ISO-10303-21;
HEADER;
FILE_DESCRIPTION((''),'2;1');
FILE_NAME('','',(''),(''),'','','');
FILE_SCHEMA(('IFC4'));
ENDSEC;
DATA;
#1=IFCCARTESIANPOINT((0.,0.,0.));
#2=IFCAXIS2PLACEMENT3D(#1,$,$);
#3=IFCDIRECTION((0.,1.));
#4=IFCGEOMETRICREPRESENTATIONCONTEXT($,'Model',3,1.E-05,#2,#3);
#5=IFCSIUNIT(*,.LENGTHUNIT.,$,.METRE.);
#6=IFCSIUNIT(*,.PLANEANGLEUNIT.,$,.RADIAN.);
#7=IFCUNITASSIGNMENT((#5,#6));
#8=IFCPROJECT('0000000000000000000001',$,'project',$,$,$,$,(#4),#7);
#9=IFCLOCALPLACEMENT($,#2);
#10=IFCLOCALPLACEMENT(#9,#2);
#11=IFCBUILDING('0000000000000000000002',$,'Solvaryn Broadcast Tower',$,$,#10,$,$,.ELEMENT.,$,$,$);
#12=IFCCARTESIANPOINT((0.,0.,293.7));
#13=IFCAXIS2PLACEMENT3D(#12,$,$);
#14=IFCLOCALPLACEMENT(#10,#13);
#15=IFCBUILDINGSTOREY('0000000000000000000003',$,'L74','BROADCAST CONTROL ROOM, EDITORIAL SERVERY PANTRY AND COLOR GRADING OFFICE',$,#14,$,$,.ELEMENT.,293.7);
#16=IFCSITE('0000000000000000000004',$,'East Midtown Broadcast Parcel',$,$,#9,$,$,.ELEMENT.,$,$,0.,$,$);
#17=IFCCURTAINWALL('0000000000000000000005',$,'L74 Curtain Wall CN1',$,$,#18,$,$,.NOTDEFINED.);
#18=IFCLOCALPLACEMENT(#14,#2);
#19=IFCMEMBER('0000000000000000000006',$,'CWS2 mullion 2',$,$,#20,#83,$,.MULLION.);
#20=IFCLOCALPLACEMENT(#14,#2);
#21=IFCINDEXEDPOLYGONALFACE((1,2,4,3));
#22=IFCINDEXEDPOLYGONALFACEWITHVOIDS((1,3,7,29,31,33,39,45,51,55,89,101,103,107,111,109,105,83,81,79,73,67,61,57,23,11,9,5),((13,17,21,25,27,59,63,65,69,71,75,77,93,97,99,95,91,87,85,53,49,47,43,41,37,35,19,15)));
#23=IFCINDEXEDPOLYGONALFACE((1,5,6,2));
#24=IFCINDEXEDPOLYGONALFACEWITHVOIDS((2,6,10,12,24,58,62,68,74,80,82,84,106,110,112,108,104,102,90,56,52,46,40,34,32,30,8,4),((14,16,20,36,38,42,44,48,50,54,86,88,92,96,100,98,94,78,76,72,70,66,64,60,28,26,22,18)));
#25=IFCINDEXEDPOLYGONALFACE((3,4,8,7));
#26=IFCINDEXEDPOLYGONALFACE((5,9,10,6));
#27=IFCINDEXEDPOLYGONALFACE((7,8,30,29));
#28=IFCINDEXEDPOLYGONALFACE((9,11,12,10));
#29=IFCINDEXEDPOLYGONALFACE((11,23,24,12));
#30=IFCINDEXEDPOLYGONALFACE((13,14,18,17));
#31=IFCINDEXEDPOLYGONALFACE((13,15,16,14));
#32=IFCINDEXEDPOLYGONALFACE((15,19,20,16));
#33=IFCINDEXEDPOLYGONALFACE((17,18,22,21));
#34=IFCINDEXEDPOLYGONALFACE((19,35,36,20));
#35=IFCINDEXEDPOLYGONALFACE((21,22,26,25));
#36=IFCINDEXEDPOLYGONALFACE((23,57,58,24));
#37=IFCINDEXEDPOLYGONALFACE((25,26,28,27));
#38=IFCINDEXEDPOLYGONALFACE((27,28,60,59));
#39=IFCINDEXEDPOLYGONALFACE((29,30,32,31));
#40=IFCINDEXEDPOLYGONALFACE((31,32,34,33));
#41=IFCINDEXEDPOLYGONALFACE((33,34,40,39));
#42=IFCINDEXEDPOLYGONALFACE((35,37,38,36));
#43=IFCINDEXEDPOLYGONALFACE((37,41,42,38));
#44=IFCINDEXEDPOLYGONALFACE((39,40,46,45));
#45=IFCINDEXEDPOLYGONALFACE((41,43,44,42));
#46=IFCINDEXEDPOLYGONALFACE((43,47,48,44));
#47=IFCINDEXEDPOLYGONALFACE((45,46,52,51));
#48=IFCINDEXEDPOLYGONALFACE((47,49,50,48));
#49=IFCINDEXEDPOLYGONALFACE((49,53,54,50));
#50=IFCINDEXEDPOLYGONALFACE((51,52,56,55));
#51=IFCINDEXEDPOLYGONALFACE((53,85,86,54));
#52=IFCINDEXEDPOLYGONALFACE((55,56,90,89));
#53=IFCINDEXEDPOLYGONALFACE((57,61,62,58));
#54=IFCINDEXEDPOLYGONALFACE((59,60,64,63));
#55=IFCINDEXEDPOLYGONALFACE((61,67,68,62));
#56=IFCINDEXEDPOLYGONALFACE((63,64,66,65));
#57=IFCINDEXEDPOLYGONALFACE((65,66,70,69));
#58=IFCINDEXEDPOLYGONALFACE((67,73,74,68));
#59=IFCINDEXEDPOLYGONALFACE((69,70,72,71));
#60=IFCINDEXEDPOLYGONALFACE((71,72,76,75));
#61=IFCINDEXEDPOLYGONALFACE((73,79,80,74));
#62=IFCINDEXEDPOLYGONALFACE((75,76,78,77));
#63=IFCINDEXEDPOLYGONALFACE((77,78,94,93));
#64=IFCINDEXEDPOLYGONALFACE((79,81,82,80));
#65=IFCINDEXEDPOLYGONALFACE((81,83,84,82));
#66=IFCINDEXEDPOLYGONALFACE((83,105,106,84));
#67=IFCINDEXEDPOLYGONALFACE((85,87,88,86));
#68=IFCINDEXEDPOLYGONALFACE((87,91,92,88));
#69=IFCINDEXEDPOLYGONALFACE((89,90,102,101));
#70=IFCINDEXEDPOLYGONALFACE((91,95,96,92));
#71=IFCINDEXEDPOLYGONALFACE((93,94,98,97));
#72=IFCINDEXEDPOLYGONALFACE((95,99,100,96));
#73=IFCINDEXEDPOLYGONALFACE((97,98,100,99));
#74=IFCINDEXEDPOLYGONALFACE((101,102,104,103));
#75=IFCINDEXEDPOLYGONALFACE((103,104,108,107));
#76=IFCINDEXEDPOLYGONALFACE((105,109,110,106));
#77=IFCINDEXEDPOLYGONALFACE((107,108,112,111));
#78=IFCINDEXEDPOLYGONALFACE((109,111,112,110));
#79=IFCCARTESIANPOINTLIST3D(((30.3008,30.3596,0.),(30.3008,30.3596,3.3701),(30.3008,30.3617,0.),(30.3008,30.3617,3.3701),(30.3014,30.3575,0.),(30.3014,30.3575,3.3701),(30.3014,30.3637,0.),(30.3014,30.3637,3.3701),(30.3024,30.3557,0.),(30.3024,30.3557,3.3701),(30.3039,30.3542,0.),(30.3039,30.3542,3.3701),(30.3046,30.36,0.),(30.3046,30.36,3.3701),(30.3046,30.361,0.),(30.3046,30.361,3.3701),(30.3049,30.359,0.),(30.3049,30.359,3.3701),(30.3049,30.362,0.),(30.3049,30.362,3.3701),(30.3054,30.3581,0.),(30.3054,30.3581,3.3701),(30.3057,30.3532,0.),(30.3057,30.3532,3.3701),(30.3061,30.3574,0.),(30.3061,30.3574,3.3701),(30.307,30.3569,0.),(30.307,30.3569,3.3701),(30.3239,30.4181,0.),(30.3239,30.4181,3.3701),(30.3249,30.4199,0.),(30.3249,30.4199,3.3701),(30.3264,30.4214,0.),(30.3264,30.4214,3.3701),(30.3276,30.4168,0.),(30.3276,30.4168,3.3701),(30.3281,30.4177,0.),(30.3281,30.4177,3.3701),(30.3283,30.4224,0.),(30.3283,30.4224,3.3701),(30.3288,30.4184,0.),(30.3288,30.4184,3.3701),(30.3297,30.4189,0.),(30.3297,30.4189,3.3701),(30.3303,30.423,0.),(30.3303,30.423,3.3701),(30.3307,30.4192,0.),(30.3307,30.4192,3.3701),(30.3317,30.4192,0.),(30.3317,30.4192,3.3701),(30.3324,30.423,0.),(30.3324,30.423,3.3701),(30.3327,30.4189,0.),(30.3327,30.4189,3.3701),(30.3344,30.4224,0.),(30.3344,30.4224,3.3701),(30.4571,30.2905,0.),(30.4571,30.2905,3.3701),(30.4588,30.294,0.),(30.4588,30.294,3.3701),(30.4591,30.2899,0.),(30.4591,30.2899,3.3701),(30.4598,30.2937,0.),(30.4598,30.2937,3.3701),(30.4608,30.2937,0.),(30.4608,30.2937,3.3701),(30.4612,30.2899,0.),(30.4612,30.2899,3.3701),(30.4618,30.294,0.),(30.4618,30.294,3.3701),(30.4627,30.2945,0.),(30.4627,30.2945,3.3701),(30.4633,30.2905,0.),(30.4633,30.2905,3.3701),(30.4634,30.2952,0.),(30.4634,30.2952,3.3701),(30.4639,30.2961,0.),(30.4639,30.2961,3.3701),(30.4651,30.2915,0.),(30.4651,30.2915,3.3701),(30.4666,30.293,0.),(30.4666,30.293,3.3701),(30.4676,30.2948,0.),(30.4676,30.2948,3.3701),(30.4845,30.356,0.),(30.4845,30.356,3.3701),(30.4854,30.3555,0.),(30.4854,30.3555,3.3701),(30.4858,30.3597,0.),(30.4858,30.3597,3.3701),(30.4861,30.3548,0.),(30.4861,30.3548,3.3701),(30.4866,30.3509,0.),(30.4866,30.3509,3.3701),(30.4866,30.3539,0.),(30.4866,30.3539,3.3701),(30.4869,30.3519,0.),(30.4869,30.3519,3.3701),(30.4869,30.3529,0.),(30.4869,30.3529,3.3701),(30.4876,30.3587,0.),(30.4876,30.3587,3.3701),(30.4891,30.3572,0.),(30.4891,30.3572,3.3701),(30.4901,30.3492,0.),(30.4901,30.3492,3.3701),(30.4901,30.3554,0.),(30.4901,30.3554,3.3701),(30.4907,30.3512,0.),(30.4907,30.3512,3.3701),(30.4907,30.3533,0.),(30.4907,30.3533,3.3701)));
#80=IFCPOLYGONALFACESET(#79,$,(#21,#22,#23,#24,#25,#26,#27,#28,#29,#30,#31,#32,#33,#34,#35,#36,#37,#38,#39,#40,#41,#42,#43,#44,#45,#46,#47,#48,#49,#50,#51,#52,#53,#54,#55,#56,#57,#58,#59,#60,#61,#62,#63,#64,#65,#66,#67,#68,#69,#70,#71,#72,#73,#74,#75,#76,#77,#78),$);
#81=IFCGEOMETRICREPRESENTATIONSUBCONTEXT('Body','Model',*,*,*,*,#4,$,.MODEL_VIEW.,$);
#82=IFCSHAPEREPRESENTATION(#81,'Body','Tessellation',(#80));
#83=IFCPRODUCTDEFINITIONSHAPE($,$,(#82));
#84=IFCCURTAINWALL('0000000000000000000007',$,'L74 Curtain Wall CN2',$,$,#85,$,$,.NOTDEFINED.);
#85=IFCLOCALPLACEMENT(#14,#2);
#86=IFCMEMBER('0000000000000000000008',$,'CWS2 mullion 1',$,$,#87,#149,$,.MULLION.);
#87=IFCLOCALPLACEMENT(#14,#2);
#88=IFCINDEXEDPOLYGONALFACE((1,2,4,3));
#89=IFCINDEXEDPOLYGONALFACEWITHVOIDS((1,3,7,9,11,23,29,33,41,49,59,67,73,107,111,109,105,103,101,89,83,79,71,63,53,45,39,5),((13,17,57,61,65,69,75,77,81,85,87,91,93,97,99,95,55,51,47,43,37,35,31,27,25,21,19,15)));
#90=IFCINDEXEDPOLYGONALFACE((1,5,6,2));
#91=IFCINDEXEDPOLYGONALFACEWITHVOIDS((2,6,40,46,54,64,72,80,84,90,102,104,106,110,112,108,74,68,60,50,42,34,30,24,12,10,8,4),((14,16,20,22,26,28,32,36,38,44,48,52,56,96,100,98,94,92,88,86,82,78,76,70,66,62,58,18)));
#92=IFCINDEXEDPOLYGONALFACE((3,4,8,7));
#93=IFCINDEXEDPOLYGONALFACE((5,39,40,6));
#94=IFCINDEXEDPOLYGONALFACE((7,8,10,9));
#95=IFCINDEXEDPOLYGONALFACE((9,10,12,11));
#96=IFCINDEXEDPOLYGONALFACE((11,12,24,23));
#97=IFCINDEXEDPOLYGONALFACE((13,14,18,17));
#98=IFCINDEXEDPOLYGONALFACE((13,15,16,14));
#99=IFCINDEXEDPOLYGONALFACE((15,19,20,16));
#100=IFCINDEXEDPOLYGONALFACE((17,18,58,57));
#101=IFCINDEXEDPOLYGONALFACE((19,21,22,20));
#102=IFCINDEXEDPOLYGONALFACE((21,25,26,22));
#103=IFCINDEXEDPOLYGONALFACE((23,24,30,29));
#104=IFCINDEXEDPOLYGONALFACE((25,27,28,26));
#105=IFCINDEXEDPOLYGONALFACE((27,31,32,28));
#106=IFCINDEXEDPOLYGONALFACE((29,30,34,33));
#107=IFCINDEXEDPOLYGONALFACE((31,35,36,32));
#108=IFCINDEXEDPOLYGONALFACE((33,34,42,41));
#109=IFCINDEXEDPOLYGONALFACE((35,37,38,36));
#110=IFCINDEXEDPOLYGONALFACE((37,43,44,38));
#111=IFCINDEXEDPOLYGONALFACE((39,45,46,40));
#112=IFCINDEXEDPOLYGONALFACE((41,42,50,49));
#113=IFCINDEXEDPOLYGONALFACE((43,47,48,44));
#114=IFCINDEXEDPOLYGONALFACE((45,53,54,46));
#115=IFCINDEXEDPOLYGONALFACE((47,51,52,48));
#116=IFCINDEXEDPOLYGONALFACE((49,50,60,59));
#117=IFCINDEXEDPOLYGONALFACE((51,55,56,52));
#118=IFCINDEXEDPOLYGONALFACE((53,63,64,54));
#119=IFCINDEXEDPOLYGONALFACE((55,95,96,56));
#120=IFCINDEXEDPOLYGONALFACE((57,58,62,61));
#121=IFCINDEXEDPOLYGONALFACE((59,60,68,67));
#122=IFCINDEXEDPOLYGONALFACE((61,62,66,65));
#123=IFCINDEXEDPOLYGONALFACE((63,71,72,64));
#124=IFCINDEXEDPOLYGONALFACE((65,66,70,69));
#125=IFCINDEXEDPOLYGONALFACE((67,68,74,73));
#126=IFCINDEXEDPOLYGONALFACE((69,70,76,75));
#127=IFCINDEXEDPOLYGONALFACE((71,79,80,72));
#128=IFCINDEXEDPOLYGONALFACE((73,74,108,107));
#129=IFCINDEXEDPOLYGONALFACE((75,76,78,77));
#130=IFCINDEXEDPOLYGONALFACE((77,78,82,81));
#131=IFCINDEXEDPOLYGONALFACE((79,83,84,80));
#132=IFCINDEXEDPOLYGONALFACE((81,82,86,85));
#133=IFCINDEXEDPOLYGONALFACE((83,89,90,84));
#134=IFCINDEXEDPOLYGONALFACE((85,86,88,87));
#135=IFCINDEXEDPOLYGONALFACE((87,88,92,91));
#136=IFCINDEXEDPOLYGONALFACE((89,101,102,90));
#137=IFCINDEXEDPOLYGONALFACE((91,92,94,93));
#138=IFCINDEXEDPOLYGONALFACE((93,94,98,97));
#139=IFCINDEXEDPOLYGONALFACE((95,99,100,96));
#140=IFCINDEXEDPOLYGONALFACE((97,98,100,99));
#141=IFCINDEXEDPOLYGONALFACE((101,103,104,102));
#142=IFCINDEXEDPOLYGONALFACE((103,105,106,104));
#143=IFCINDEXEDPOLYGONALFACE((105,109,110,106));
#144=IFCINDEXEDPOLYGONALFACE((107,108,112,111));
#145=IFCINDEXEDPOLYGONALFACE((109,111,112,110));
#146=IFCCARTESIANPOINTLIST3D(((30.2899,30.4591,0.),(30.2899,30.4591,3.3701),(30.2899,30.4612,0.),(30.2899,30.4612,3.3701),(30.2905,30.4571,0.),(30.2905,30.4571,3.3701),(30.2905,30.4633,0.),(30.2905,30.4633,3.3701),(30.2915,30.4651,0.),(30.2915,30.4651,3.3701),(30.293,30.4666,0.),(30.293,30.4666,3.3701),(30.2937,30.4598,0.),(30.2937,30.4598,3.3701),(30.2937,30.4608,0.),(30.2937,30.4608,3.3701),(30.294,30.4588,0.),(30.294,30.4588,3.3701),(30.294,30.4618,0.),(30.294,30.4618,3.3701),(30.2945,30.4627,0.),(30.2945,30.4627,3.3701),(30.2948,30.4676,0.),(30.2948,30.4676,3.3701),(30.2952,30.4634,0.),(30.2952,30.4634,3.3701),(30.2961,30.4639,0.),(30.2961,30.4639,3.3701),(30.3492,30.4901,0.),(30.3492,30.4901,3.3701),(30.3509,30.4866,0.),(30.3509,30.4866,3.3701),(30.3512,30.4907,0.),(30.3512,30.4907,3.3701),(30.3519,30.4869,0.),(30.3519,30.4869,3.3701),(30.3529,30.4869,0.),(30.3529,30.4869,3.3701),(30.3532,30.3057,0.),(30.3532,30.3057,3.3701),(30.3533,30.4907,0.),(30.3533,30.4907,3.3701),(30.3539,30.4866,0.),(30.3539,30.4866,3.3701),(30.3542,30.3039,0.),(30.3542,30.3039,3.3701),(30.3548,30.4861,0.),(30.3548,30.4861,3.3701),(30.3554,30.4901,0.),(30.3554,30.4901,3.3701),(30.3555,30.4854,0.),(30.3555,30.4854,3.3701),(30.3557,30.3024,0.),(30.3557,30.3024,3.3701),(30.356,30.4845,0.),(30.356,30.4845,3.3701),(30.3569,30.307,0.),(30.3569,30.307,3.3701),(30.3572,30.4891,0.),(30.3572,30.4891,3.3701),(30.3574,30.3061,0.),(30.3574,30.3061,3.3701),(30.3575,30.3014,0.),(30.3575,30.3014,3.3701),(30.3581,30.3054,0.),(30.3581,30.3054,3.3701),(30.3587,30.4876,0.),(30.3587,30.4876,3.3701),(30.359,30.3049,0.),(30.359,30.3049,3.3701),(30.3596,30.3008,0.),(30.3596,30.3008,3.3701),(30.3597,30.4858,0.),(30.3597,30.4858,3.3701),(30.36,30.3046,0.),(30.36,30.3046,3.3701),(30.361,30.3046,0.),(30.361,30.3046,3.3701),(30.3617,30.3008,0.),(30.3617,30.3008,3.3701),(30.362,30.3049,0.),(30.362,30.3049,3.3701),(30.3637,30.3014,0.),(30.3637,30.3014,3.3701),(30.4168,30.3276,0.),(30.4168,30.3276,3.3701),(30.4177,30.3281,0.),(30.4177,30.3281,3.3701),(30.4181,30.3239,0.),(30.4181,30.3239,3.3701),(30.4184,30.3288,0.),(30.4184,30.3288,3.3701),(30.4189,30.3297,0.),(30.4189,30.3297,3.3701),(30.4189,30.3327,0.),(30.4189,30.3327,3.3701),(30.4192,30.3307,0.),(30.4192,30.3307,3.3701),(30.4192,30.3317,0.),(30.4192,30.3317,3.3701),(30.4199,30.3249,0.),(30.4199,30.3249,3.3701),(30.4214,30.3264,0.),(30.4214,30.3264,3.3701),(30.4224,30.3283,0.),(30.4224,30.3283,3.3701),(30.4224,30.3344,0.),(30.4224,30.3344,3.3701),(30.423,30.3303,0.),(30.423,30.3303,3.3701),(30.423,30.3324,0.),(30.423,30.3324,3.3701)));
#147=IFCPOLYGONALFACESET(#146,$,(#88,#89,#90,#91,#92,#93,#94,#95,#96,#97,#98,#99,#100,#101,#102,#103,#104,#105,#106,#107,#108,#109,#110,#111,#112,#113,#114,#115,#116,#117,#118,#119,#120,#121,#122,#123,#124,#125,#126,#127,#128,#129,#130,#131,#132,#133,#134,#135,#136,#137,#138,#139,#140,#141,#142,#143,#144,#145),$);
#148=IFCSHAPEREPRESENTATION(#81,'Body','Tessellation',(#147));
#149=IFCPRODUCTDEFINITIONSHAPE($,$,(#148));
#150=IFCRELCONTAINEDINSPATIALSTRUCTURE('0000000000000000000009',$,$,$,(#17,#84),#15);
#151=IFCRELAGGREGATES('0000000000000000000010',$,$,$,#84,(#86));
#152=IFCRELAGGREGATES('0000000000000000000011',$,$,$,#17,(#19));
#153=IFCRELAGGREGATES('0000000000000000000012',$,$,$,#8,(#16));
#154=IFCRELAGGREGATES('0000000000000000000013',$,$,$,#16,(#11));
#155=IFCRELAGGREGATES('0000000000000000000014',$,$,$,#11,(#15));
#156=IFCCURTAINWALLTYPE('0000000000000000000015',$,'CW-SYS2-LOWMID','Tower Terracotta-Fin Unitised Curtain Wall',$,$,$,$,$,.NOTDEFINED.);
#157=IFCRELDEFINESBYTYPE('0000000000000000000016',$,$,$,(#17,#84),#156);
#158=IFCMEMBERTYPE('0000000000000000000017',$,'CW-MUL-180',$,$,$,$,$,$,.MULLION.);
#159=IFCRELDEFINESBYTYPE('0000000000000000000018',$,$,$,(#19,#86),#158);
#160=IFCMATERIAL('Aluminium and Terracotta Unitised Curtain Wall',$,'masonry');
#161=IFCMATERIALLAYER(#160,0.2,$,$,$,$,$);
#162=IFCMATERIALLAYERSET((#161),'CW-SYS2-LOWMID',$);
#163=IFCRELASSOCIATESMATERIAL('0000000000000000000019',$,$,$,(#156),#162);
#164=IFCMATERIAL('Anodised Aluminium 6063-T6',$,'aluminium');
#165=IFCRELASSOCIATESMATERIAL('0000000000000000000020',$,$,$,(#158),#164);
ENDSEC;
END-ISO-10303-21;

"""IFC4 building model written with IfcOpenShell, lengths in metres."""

from ifc_helpers import new_model, si_unit, direction, frame, origin, origin_2d, place, context, subcontext, project, spatial, hollow_rectangle, extrude, material, layer, layer_set, material_profile, profile_set, type_object, element, aggregate, save


model = new_model("IFC4")

# Units and contexts
model_context = context("Model", 3, precision=1e-05, world=origin(), true_north=direction((0.0, 1.0)))
body_context = subcontext(model_context, "Body", "Model", "MODEL_VIEW")
ifc_project = project(units=[si_unit("LENGTHUNIT", "METRE"), si_unit("PLANEANGLEUNIT", "RADIAN")], contexts=[model_context])

# Site, building, storey
site_placement = place(None, origin())
site = spatial("IfcSite", under=ifc_project, at=site_placement, Name="East Midtown Broadcast Parcel", CompositionType="ELEMENT", RefElevation=0.0)
building_placement = place(site_placement, origin())
building = spatial("IfcBuilding", under=site, at=building_placement, Name="Solvaryn Broadcast Tower", CompositionType="ELEMENT")
storey_placement = place(building_placement, frame((0.0, 0.0, 293.7)))
storey = spatial("IfcBuildingStorey", under=building, at=storey_placement, Name="L74", Description="BROADCAST CONTROL ROOM, EDITORIAL SERVERY PANTRY AND COLOR GRADING OFFICE", CompositionType="ELEMENT", Elevation=293.7)

# Curtain wall, member
ifc_material_1 = material(Name="Aluminium and Terracotta Unitised Curtain Wall", Category="masonry")
ifc_layer_1 = layer(ifc_material_1, 0.2)
ifc_layer_set_1 = layer_set([ifc_layer_1], Name="CW-SYS2-LOWMID")
curtain_wall_type = type_object("IfcCurtainWallType", Name="CW-SYS2-LOWMID", Description="Tower Terracotta-Fin Unitised Curtain Wall", PredefinedType="NOTDEFINED", material=ifc_layer_set_1)
curtain_wall_1_placement = place(storey_placement, origin())
curtain_wall_1 = element("IfcCurtainWall", 1, at=curtain_wall_1_placement, inside=storey, type_object=curtain_wall_type, Name="L74 Curtain Wall CN1", PredefinedType="NOTDEFINED")
ifc_material_2 = material(Name="Anodised Aluminium 6063-T6", Category="aluminium")
ifc_material_profile_1 = material_profile(ifc_material_2, hollow_rectangle(XDim=0.075, YDim=0.1799, WallThickness=0.0039, InnerFilletRadius=0.0039, OuterFilletRadius=0.0081, at=origin_2d()))
ifc_profile_set_1 = profile_set([ifc_material_profile_1], Name="Anodised Aluminium 6063-T6")
member_type_1 = type_object("IfcMemberType", Name="CW-MUL-180", PredefinedType="MULLION", material=ifc_profile_set_1)
member_1_placement = place(storey_placement, frame((30.3958, 30.3564, 0.0), z_axis=(0.0, 0.0, 1.0), x_axis=(-0.382646, -0.923895, 0.0)))
member_1 = element("IfcMember", 2, at=member_1_placement, type_object=member_type_1, Name="CWS2 mullion 2", PredefinedType="MULLION", context=body_context, shape_type="SweptSolid", body=[
    extrude(hollow_rectangle(XDim=0.075, YDim=0.1799, WallThickness=0.0039, InnerFilletRadius=0.0039, OuterFilletRadius=0.0081, at=origin_2d()), origin(), (0.0, 0.0, 1.0), 3.3701),
])

# Curtain wall, member
curtain_wall_2_placement = place(storey_placement, origin())
curtain_wall_2 = element("IfcCurtainWall", 3, at=curtain_wall_2_placement, inside=storey, type_object=curtain_wall_type, Name="L74 Curtain Wall CN2", PredefinedType="NOTDEFINED")
member_2_placement = place(storey_placement, frame((30.3564, 30.3958, 0.0), z_axis=(0.0, 0.0, 1.0), x_axis=(-0.923895, -0.382646, 0.0)))
member_2 = element("IfcMember", 4, at=member_2_placement, type_object=member_type_1, Name="CWS2 mullion 1", PredefinedType="MULLION", context=body_context, shape_type="SweptSolid", body=[
    extrude(hollow_rectangle(XDim=0.075, YDim=0.1799, WallThickness=0.0039, InnerFilletRadius=0.0039, OuterFilletRadius=0.0081, at=origin_2d()), origin(), (0.0, 0.0, 1.0), 3.3701),
])

aggregate(curtain_wall_2, [member_2])

aggregate(curtain_wall_1, [member_1])

save(model, "model.ifc")
